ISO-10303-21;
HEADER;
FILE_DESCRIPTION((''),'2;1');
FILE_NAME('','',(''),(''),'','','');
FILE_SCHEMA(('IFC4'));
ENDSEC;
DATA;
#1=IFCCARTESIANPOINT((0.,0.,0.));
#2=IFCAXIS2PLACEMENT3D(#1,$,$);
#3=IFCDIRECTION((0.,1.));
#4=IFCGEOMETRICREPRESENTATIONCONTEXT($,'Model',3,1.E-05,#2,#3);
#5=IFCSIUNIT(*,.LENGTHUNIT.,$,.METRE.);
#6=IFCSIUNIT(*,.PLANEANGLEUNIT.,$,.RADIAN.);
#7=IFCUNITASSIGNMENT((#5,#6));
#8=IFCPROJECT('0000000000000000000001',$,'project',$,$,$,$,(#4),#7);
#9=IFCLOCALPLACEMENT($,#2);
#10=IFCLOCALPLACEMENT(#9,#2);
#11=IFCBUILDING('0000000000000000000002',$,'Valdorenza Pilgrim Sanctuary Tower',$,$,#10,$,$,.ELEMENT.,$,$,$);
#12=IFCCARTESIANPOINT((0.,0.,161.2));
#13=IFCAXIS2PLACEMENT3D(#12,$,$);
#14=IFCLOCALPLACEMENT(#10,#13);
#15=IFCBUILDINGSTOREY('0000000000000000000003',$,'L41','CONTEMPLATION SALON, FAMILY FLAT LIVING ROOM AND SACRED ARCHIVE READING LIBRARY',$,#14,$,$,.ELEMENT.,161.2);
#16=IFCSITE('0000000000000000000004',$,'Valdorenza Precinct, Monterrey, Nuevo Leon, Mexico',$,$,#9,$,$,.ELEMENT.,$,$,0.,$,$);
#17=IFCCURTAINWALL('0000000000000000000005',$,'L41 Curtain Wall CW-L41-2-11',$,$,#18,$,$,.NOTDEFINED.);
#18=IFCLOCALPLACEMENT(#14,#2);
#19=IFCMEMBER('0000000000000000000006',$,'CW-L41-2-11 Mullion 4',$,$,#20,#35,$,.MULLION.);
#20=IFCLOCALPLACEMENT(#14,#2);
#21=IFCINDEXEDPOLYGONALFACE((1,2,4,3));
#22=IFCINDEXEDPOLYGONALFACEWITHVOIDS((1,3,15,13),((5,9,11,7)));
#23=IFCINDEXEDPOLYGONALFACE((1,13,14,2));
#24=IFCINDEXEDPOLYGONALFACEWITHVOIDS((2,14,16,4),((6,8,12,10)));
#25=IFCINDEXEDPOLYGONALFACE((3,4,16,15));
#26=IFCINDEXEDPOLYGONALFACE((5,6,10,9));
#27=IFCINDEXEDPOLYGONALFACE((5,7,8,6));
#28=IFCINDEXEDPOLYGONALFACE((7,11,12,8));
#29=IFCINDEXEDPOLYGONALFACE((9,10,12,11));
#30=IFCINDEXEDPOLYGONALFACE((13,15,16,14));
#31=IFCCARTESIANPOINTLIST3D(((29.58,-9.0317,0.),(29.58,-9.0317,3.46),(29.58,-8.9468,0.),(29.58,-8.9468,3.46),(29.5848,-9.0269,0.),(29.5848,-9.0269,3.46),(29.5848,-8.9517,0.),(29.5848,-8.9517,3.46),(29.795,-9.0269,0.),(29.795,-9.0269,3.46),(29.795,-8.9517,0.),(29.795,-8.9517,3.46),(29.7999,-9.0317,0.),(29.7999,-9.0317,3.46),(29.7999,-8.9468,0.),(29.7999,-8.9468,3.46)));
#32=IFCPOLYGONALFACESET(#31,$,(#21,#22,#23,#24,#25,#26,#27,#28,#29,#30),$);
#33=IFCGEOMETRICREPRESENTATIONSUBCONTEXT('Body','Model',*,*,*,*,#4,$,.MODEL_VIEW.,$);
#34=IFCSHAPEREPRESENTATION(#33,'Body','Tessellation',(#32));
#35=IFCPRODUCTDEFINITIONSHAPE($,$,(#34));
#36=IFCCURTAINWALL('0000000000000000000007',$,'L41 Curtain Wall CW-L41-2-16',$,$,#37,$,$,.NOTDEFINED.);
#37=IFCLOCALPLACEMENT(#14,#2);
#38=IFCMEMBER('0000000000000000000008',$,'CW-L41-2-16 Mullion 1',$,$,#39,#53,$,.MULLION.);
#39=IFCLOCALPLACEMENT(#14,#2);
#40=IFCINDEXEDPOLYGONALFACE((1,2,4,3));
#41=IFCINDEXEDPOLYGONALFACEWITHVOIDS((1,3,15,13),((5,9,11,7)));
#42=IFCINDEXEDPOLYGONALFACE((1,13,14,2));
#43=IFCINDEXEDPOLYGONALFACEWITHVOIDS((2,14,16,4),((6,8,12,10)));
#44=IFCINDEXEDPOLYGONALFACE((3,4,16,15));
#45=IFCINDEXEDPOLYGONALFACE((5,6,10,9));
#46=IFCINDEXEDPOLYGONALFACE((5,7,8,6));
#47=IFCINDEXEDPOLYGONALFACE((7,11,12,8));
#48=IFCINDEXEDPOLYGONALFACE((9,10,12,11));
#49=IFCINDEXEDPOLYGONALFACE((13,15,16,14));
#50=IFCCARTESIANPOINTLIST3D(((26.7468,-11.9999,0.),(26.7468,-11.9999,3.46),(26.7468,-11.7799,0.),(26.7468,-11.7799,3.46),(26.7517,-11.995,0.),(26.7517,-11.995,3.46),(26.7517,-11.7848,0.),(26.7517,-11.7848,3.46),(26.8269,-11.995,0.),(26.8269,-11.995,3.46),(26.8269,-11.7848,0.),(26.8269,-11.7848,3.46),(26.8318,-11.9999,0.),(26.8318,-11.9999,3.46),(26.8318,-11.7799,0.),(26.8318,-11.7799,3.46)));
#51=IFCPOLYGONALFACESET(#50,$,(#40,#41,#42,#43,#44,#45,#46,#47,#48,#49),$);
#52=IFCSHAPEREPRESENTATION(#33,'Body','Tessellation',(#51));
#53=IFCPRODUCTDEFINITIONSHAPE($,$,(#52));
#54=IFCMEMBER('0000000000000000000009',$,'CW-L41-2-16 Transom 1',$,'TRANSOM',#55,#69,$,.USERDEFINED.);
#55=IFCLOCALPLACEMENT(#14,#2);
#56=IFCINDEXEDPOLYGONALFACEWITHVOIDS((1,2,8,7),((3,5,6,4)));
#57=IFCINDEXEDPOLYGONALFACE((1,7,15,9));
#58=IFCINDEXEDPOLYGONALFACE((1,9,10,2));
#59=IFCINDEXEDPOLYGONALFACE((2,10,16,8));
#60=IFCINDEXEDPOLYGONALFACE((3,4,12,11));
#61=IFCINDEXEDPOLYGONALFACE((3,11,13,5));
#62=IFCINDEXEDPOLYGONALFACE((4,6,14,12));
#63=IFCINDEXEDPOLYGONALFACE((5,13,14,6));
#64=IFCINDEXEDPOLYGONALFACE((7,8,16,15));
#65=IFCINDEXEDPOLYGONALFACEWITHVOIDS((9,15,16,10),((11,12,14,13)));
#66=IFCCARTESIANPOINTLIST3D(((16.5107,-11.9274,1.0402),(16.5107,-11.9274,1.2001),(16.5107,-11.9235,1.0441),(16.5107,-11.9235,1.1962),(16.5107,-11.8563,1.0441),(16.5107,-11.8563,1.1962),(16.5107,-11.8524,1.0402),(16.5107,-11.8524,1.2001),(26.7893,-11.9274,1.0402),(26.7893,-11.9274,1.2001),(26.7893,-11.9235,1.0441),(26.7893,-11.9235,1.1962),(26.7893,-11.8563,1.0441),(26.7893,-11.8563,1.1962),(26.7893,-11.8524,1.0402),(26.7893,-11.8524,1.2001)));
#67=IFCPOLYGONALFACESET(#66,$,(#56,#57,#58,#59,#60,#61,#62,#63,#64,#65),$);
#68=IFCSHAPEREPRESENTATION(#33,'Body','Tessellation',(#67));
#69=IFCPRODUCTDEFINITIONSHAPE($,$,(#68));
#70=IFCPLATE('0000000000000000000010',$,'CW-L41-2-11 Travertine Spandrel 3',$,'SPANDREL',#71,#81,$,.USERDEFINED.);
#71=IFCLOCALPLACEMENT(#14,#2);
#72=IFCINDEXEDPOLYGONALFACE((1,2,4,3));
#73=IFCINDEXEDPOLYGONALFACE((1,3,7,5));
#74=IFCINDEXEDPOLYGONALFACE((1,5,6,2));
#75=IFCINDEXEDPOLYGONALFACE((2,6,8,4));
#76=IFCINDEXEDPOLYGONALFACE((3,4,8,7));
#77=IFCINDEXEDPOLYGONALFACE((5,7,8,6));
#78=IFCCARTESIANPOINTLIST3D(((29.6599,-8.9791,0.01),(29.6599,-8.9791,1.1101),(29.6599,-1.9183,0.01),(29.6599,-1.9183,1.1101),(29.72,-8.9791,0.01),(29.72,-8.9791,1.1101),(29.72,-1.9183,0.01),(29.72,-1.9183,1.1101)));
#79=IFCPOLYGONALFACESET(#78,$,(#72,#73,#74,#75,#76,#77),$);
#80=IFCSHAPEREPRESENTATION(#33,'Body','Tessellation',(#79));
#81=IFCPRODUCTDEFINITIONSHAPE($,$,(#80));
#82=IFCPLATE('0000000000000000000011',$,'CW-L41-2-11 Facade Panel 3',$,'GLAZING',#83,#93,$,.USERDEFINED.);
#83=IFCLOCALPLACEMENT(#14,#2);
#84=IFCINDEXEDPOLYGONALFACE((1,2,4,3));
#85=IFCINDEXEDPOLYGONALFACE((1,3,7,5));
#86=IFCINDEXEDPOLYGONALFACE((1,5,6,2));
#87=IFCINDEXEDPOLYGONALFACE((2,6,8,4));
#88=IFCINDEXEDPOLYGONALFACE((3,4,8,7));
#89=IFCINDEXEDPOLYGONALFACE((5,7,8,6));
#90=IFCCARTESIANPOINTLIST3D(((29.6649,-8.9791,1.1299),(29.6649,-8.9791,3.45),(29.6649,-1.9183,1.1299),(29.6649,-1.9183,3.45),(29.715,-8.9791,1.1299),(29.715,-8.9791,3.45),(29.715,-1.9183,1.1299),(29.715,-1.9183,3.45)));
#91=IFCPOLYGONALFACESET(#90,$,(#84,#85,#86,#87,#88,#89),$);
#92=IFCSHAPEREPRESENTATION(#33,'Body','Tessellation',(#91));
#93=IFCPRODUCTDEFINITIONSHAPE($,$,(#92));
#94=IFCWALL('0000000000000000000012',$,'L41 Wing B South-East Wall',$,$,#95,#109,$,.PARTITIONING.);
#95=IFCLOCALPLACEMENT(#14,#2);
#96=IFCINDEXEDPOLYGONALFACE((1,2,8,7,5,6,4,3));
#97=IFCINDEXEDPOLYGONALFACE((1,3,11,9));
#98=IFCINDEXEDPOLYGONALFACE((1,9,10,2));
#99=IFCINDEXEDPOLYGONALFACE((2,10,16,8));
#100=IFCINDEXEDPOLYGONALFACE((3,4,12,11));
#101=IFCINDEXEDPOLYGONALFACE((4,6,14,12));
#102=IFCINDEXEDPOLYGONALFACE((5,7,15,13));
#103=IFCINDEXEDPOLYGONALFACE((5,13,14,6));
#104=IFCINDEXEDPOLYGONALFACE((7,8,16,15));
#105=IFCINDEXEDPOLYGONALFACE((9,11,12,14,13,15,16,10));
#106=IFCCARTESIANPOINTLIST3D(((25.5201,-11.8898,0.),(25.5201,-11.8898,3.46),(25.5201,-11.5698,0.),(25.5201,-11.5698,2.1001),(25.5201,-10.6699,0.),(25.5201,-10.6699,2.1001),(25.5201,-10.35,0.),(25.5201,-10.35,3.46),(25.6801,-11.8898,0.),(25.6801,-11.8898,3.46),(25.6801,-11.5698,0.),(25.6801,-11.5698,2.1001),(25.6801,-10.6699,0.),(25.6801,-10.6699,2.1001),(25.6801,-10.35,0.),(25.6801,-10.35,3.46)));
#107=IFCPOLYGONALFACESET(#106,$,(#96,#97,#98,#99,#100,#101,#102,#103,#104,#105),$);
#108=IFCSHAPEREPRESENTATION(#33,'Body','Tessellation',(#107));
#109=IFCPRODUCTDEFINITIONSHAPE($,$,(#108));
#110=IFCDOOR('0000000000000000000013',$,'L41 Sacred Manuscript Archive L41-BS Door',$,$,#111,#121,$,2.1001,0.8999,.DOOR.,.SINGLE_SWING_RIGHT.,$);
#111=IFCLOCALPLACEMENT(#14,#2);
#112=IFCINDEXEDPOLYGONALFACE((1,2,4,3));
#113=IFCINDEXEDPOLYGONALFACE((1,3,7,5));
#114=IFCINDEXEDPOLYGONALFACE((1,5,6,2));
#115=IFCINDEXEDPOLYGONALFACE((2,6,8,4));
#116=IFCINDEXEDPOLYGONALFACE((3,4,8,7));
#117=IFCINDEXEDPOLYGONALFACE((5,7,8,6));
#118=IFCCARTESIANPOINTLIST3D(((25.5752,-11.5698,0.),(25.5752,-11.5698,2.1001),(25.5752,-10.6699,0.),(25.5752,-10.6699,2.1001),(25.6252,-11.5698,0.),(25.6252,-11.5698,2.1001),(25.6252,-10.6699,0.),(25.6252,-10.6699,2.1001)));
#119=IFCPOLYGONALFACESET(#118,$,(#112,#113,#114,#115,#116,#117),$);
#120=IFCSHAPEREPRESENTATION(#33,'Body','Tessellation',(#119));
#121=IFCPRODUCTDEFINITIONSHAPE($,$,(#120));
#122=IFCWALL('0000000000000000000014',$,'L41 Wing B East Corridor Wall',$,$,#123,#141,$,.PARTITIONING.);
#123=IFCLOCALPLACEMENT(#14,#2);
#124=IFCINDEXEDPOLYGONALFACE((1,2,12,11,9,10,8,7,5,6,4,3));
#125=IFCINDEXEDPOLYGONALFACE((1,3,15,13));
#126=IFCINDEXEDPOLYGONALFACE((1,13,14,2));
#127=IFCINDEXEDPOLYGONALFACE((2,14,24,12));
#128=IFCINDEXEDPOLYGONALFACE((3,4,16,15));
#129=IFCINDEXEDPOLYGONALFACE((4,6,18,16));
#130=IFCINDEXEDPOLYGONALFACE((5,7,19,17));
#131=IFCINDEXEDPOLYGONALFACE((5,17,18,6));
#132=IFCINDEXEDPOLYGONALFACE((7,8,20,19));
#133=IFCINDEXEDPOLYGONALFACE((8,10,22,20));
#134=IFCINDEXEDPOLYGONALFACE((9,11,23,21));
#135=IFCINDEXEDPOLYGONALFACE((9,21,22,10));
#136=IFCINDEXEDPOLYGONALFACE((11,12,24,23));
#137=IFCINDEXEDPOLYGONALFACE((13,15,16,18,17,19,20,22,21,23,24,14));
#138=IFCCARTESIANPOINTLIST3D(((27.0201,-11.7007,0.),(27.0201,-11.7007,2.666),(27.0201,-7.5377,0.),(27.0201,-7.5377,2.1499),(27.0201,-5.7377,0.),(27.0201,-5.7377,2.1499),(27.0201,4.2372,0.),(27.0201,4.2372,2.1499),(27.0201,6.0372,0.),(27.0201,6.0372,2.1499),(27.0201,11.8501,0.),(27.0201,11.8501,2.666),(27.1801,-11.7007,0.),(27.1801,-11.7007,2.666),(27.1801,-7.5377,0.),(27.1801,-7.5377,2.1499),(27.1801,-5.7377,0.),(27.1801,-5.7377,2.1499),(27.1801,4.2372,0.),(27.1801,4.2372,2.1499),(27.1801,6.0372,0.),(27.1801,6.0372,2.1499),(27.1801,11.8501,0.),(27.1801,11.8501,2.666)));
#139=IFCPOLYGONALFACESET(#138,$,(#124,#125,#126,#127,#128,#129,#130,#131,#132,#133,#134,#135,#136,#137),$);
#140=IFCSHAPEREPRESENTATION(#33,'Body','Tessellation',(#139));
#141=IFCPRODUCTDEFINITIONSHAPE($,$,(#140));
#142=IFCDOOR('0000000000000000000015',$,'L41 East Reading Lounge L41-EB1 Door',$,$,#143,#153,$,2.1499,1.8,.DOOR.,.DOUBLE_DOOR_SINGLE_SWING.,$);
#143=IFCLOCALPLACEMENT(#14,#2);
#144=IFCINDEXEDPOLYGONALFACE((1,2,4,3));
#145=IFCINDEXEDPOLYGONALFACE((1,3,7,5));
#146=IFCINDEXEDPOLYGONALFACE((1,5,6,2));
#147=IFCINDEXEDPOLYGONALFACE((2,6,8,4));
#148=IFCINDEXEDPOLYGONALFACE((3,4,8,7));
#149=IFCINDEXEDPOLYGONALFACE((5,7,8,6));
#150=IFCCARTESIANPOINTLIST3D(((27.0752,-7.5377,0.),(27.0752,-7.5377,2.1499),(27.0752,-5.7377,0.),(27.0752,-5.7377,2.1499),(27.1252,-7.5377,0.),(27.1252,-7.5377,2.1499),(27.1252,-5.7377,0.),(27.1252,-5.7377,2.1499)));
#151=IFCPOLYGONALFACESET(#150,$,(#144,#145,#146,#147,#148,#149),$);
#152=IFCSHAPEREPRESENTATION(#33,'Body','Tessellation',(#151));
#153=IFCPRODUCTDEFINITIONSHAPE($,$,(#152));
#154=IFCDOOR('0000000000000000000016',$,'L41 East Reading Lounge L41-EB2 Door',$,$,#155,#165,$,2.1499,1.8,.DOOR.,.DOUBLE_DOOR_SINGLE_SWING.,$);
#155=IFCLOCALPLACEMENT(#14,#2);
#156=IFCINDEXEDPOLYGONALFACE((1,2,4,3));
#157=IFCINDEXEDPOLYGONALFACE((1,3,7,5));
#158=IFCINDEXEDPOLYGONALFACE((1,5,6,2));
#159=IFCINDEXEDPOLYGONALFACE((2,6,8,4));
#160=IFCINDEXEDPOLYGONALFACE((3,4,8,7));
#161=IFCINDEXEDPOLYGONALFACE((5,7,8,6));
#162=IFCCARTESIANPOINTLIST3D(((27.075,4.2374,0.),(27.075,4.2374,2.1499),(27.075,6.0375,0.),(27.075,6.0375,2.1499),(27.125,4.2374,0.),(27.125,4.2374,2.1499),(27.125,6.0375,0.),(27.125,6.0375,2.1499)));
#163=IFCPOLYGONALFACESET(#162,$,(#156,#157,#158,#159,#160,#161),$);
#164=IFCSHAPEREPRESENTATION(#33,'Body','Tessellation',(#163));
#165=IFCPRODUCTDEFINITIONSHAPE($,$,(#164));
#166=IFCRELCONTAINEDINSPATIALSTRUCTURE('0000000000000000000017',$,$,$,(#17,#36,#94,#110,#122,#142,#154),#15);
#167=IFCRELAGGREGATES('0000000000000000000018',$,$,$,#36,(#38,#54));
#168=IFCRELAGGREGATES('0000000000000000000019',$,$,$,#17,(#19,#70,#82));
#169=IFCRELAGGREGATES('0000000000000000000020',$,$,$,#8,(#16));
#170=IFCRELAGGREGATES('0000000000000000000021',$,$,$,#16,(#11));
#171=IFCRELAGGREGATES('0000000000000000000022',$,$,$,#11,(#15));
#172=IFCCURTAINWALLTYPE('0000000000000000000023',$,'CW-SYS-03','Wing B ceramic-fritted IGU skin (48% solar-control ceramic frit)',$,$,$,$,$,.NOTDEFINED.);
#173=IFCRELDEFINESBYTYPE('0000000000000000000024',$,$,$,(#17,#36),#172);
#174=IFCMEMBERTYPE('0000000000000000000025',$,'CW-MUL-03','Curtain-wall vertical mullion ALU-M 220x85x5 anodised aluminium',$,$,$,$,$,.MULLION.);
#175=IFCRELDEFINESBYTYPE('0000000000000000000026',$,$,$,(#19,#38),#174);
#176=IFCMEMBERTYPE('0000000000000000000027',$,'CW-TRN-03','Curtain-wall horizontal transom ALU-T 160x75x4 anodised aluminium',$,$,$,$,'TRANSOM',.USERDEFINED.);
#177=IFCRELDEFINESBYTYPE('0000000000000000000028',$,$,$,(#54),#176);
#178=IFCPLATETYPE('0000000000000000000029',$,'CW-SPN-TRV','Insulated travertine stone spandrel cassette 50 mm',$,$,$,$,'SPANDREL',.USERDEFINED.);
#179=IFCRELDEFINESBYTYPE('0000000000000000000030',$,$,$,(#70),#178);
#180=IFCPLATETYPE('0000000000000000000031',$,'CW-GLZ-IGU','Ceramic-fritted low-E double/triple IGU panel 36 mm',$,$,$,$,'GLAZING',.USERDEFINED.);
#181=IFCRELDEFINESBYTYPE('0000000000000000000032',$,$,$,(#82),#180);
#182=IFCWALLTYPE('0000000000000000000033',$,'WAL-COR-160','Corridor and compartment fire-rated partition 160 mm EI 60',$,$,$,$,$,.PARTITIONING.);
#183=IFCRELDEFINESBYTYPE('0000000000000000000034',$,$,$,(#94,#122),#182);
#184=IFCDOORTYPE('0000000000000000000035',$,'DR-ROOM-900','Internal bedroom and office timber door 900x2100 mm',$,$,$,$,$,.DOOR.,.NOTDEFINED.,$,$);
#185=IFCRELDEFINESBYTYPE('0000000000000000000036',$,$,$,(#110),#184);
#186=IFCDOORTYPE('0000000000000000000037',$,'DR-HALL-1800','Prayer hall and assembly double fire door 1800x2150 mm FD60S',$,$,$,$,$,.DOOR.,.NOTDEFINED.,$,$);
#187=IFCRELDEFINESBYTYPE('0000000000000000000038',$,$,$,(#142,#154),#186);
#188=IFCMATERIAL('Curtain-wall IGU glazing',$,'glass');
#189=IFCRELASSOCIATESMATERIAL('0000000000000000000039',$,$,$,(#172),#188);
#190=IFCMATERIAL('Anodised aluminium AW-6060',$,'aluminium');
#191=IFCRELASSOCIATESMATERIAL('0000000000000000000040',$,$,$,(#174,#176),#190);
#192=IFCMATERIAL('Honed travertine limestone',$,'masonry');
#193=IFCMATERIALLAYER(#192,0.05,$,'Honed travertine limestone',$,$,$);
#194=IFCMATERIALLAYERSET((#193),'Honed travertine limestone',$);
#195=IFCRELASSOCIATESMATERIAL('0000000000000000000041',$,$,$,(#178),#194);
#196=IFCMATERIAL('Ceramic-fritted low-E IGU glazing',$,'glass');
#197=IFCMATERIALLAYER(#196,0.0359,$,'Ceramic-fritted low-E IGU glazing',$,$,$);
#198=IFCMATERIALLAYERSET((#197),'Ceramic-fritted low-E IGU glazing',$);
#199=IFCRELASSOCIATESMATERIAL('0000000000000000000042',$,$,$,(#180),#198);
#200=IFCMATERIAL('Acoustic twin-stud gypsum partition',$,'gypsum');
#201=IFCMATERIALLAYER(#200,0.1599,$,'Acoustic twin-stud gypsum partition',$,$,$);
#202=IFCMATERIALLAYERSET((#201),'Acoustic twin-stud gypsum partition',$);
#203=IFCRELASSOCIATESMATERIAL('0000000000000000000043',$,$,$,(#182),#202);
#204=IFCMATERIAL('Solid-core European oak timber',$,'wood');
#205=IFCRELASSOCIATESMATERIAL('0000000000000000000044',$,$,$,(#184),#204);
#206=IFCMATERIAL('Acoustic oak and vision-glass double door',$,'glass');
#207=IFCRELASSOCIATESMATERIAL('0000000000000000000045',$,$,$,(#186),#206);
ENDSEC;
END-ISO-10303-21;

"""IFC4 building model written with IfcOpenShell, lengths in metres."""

from ifc_helpers import new_model, si_unit, direction, frame, frame_2d, origin, origin_2d, place, context, subcontext, project, spatial, rectangle, hollow_rectangle, extrude, source, transform, mapped, material, layer, layer_set, material_profile, profile_set, type_object, element, fill, aggregate, save


model = new_model("IFC4")

# Units and contexts
model_context = context("Model", 3, precision=1e-05, world=origin(), true_north=direction((0.0, 1.0)))
body_context = subcontext(model_context, "Body", "Model", "MODEL_VIEW")
ifc_project = project(units=[si_unit("LENGTHUNIT", "METRE"), si_unit("PLANEANGLEUNIT", "RADIAN")], contexts=[model_context])

# Site, building, storey
site_placement = place(None, origin())
site = spatial("IfcSite", under=ifc_project, at=site_placement, Name="Valdorenza Precinct, Monterrey, Nuevo Leon, Mexico", CompositionType="ELEMENT", RefElevation=0.0)
building_placement = place(site_placement, origin())
building = spatial("IfcBuilding", under=site, at=building_placement, Name="Valdorenza Pilgrim Sanctuary Tower", CompositionType="ELEMENT")
storey_placement = place(building_placement, frame((0.0, 0.0, 161.2)))
storey = spatial("IfcBuildingStorey", under=building, at=storey_placement, Name="L41", Description="CONTEMPLATION SALON, FAMILY FLAT LIVING ROOM AND SACRED ARCHIVE READING LIBRARY", CompositionType="ELEMENT", Elevation=161.2)

# Curtain walls, members
ifc_material_1 = material(Name="Curtain-wall IGU glazing", Category="glass")
curtain_wall_type = type_object("IfcCurtainWallType", Name="CW-SYS-03", Description="Wing B ceramic-fritted IGU skin (48% solar-control ceramic frit)", PredefinedType="NOTDEFINED", material=ifc_material_1)
curtain_wall_1_placement = place(storey_placement, origin())
curtain_wall_1 = element("IfcCurtainWall", 1, at=curtain_wall_1_placement, inside=storey, type_object=curtain_wall_type, Name="L41 Curtain Wall CW-L41-2-11", PredefinedType="NOTDEFINED")
ifc_material_2 = material(Name="Anodised aluminium AW-6060", Category="aluminium")
ifc_material_profile_1 = material_profile(ifc_material_2, hollow_rectangle(XDim=0.085, YDim=0.22, WallThickness=0.0049, at=origin_2d()), Name="ALU-M 220x85x5")
ifc_profile_set_1 = profile_set([ifc_material_profile_1], Name="Anodised aluminium AW-6060")
member_type_1 = type_object("IfcMemberType", Name="CW-MUL-03", Description="Curtain-wall vertical mullion ALU-M 220x85x5 anodised aluminium", PredefinedType="MULLION", material=ifc_profile_set_1)
shared_shape_1 = source(origin(), body_context, "Body", "SweptSolid", [
    extrude(hollow_rectangle(XDim=0.085, YDim=0.22, WallThickness=0.0049, at=origin_2d()), origin(), (0.0, 0.0, 1.0), 3.46),
])
member_1_placement = place(storey_placement, frame((29.6899, -8.9893, 0.0), z_axis=(0.0, 0.0, 1.0), x_axis=(0.0, -1.0, 0.0)))
member_1 = element("IfcMember", 2, at=member_1_placement, type_object=member_type_1, Name="CW-L41-2-11 Mullion 4", PredefinedType="MULLION", context=body_context, shape_type="MappedRepresentation", body=[
    mapped(shared_shape_1, transform((0.0, 0.0, 0.0), x_axis=(1.0, 0.0, 0.0), y_axis=(0.0, 1.0, 0.0), z_axis=(0.0, 0.0, 1.0), scale=1.0)),
])
curtain_wall_2_placement = place(storey_placement, origin())
curtain_wall_2 = element("IfcCurtainWall", 3, at=curtain_wall_2_placement, inside=storey, type_object=curtain_wall_type, Name="L41 Curtain Wall CW-L41-2-16", PredefinedType="NOTDEFINED")
member_2_placement = place(storey_placement, frame((26.7893, -11.8899, 0.0), z_axis=(0.0, 0.0, 1.0), x_axis=(-1.0, 0.0, 0.0)))
member_2 = element("IfcMember", 4, at=member_2_placement, type_object=member_type_1, Name="CW-L41-2-16 Mullion 1", PredefinedType="MULLION", context=body_context, shape_type="MappedRepresentation", body=[
    mapped(shared_shape_1, transform((0.0, 0.0, 0.0), x_axis=(1.0, 0.0, 0.0), y_axis=(0.0, 1.0, 0.0), z_axis=(0.0, 0.0, 1.0), scale=1.0)),
])
ifc_material_profile_2 = material_profile(ifc_material_2, hollow_rectangle(XDim=0.075, YDim=0.1599, WallThickness=0.0039, at=origin_2d()), Name="ALU-T 160x75x4")
ifc_profile_set_2 = profile_set([ifc_material_profile_2], Name="Anodised aluminium AW-6060")
member_type_2 = type_object("IfcMemberType", Name="CW-TRN-03", Description="Curtain-wall horizontal transom ALU-T 160x75x4 anodised aluminium", ElementType="TRANSOM", PredefinedType="USERDEFINED", material=ifc_profile_set_2)
shared_shape_2 = source(origin(), body_context, "Body", "SweptSolid", [
    extrude(hollow_rectangle(XDim=0.075, YDim=0.1599, WallThickness=0.0039, at=origin_2d()), origin(), (0.0, 0.0, 1.0), 10.2786),
])
member_3_placement = place(storey_placement, frame((26.7893, -11.8899, 1.1201), z_axis=(-1.0, 0.0, 0.0), x_axis=(0.0, -1.0, 0.0)))
member_3 = element("IfcMember", 5, at=member_3_placement, type_object=member_type_2, Name="CW-L41-2-16 Transom 1", ObjectType="TRANSOM", PredefinedType="USERDEFINED", context=body_context, shape_type="MappedRepresentation", body=[
    mapped(shared_shape_2, transform((0.0, 0.0, 0.0), x_axis=(1.0, 0.0, 0.0), y_axis=(0.0, 1.0, 0.0), z_axis=(0.0, 0.0, 1.0), scale=1.0)),
])
aggregate(curtain_wall_2, [member_2, member_3])

# Plates
ifc_material_3 = material(Name="Honed travertine limestone", Category="masonry")
ifc_layer_1 = layer(ifc_material_3, 0.05, Name="Honed travertine limestone")
ifc_layer_set_1 = layer_set([ifc_layer_1], Name="Honed travertine limestone")
plate_type_1 = type_object("IfcPlateType", Name="CW-SPN-TRV", Description="Insulated travertine stone spandrel cassette 50 mm", ElementType="SPANDREL", PredefinedType="USERDEFINED", material=ifc_layer_set_1)
shared_shape_3 = source(origin(), body_context, "Body", "SweptSolid", [
    extrude(rectangle(XDim=7.0608, YDim=0.0601, at=origin_2d()), origin(), (0.0, 0.0, 1.0), 1.1001),
])
plate_1_placement = place(storey_placement, frame((29.6899, -5.4487, 0.01), z_axis=(0.0, 0.0, 1.0), x_axis=(0.0, -1.0, 0.0)))
plate_1 = element("IfcPlate", 6, at=plate_1_placement, type_object=plate_type_1, Name="CW-L41-2-11 Travertine Spandrel 3", ObjectType="SPANDREL", PredefinedType="USERDEFINED", context=body_context, shape_type="MappedRepresentation", body=[
    mapped(shared_shape_3, transform((0.0, 0.0, 0.0), x_axis=(1.0, 0.0, 0.0), y_axis=(0.0, 1.0, 0.0), z_axis=(0.0, 0.0, 1.0), scale=1.0)),
])
ifc_material_4 = material(Name="Ceramic-fritted low-E IGU glazing", Category="glass")
ifc_layer_2 = layer(ifc_material_4, 0.0359, Name="Ceramic-fritted low-E IGU glazing")
ifc_layer_set_2 = layer_set([ifc_layer_2], Name="Ceramic-fritted low-E IGU glazing")
plate_type_2 = type_object("IfcPlateType", Name="CW-GLZ-IGU", Description="Ceramic-fritted low-E double/triple IGU panel 36 mm", ElementType="GLAZING", PredefinedType="USERDEFINED", material=ifc_layer_set_2)
shared_shape_4 = source(origin(), body_context, "Body", "SweptSolid", [
    extrude(rectangle(XDim=7.0608, YDim=0.05, at=origin_2d()), origin(), (0.0, 0.0, 1.0), 2.3201),
])
plate_2_placement = place(storey_placement, frame((29.6899, -5.4487, 1.1299), z_axis=(0.0, 0.0, 1.0), x_axis=(0.0, -1.0, 0.0)))
plate_2 = element("IfcPlate", 7, at=plate_2_placement, type_object=plate_type_2, Name="CW-L41-2-11 Facade Panel 3", ObjectType="GLAZING", PredefinedType="USERDEFINED", context=body_context, shape_type="MappedRepresentation", body=[
    mapped(shared_shape_4, transform((0.0, 0.0, 0.0), x_axis=(1.0, 0.0, 0.0), y_axis=(0.0, 1.0, 0.0), z_axis=(0.0, 0.0, 1.0), scale=1.0)),
])
aggregate(curtain_wall_1, [member_1, plate_1, plate_2])

# Wall, opening, door
ifc_material_5 = material(Name="Acoustic twin-stud gypsum partition", Category="gypsum")
ifc_layer_3 = layer(ifc_material_5, 0.1599, Name="Acoustic twin-stud gypsum partition")
ifc_layer_set_3 = layer_set([ifc_layer_3], Name="Acoustic twin-stud gypsum partition")
wall_type_1 = type_object("IfcWallType", Name="WAL-COR-160", Description="Corridor and compartment fire-rated partition 160 mm EI 60", PredefinedType="PARTITIONING", material=ifc_layer_set_3)
wall_1_placement = place(storey_placement, frame((25.6001, -11.8899, 0.0), z_axis=(0.0, 0.0, 1.0), x_axis=(0.0, 1.0, 0.0)))
wall_1 = element("IfcWall", 8, at=wall_1_placement, inside=storey, type_object=wall_type_1, Name="L41 Wing B South-East Wall", PredefinedType="PARTITIONING", context=body_context, shape_type="SweptSolid", body=[
    extrude(rectangle(XDim=1.5398, YDim=0.1599, at=frame_2d((0.77, 0.0))), origin(), (0.0, 0.0, 1.0), 3.46),
])
opening_1_placement = place(wall_1_placement, frame((0.3201, 0.0, 0.0)))
opening_1 = element("IfcOpeningElement", 9, at=opening_1_placement, cuts=wall_1, PredefinedType="OPENING", context=body_context, shape_type="SweptSolid", body=[
    extrude(rectangle(XDim=0.8999, YDim=2.1001, at=frame_2d((0.45, 1.05))), frame((0.0, 0.0947, 0.0), z_axis=(0.0, -1.0, 0.0), x_axis=(1.0, 0.0, 0.0)), (0.0, 0.0, 1.0), 0.1897),
])
ifc_material_6 = material(Name="Solid-core European oak timber", Category="wood")
door_type_1 = type_object("IfcDoorType", Name="DR-ROOM-900", Description="Internal bedroom and office timber door 900x2100 mm", OperationType="NOTDEFINED", PredefinedType="DOOR", material=ifc_material_6)
door_1_placement = place(opening_1_placement, origin())
door_1 = element("IfcDoor", 10, at=door_1_placement, inside=storey, type_object=door_type_1, Name="L41 Sacred Manuscript Archive L41-BS Door", OperationType="SINGLE_SWING_RIGHT", OverallHeight=2.1001, OverallWidth=0.8999, PredefinedType="DOOR", context=body_context, shape_type="SweptSolid", body=[
    extrude(rectangle(XDim=0.8999, YDim=2.1001, at=frame_2d((0.45, 1.05))), frame((0.0, 0.0249, 0.0), z_axis=(0.0, -1.0, 0.0), x_axis=(1.0, 0.0, 0.0)), (0.0, 0.0, 1.0), 0.05),
])
fill(opening_1, door_1)

# Wall, openings, doors
wall_2_placement = place(storey_placement, frame((27.1001, -11.7007, 0.0), z_axis=(0.0, 0.0, 1.0), x_axis=(0.0, 1.0, 0.0)))
wall_2 = element("IfcWall", 11, at=wall_2_placement, inside=storey, type_object=wall_type_1, Name="L41 Wing B East Corridor Wall", PredefinedType="PARTITIONING", context=body_context, shape_type="SweptSolid", body=[
    extrude(rectangle(XDim=23.5508, YDim=0.1599, at=frame_2d((11.7754, 0.0))), origin(), (0.0, 0.0, 1.0), 2.666),
])
opening_2_placement = place(wall_2_placement, frame((4.1631, 0.0, 0.0)))
opening_2 = element("IfcOpeningElement", 12, at=opening_2_placement, cuts=wall_2, PredefinedType="OPENING", context=body_context, shape_type="SweptSolid", body=[
    extrude(rectangle(XDim=1.8, YDim=2.1499, at=frame_2d((0.8999, 1.075))), frame((0.0, 0.0947, 0.0), z_axis=(0.0, -1.0, 0.0), x_axis=(1.0, 0.0, 0.0)), (0.0, 0.0, 1.0), 0.1897),
])
opening_3_placement = place(wall_2_placement, frame((15.938, 0.0, 0.0)))
opening_3 = element("IfcOpeningElement", 13, at=opening_3_placement, cuts=wall_2, PredefinedType="OPENING", context=body_context, shape_type="SweptSolid", body=[
    extrude(rectangle(XDim=1.8, YDim=2.1499, at=frame_2d((0.8999, 1.075))), frame((0.0, 0.0947, 0.0), z_axis=(0.0, -1.0, 0.0), x_axis=(1.0, 0.0, 0.0)), (0.0, 0.0, 1.0), 0.1897),
])
ifc_material_7 = material(Name="Acoustic oak and vision-glass double door", Category="glass")
door_type_2 = type_object("IfcDoorType", Name="DR-HALL-1800", Description="Prayer hall and assembly double fire door 1800x2150 mm FD60S", OperationType="NOTDEFINED", PredefinedType="DOOR", material=ifc_material_7)
door_2_placement = place(opening_2_placement, origin())
door_2 = element("IfcDoor", 14, at=door_2_placement, inside=storey, type_object=door_type_2, Name="L41 East Reading Lounge L41-EB1 Door", OperationType="DOUBLE_DOOR_SINGLE_SWING", OverallHeight=2.1499, OverallWidth=1.8, PredefinedType="DOOR", context=body_context, shape_type="SweptSolid", body=[
    extrude(rectangle(XDim=1.8, YDim=2.1499, at=frame_2d((0.8999, 1.075))), frame((0.0, 0.0249, 0.0), z_axis=(0.0, -1.0, 0.0), x_axis=(1.0, 0.0, 0.0)), (0.0, 0.0, 1.0), 0.05),
])
fill(opening_2, door_2)
door_3_placement = place(opening_3_placement, frame((1.8, 0.0, 0.0), z_axis=(0.0, 0.0, 1.0), x_axis=(-1.0, 0.0, 0.0)))
door_3 = element("IfcDoor", 15, at=door_3_placement, inside=storey, type_object=door_type_2, Name="L41 East Reading Lounge L41-EB2 Door", OperationType="DOUBLE_DOOR_SINGLE_SWING", OverallHeight=2.1499, OverallWidth=1.8, PredefinedType="DOOR", context=body_context, shape_type="SweptSolid", body=[
    extrude(rectangle(XDim=1.8, YDim=2.1499, at=frame_2d((0.8999, 1.075))), frame((0.0, 0.0249, 0.0), z_axis=(0.0, -1.0, 0.0), x_axis=(1.0, 0.0, 0.0)), (0.0, 0.0, 1.0), 0.05),
])
fill(opening_3, door_3)

save(model, "model.ifc")
